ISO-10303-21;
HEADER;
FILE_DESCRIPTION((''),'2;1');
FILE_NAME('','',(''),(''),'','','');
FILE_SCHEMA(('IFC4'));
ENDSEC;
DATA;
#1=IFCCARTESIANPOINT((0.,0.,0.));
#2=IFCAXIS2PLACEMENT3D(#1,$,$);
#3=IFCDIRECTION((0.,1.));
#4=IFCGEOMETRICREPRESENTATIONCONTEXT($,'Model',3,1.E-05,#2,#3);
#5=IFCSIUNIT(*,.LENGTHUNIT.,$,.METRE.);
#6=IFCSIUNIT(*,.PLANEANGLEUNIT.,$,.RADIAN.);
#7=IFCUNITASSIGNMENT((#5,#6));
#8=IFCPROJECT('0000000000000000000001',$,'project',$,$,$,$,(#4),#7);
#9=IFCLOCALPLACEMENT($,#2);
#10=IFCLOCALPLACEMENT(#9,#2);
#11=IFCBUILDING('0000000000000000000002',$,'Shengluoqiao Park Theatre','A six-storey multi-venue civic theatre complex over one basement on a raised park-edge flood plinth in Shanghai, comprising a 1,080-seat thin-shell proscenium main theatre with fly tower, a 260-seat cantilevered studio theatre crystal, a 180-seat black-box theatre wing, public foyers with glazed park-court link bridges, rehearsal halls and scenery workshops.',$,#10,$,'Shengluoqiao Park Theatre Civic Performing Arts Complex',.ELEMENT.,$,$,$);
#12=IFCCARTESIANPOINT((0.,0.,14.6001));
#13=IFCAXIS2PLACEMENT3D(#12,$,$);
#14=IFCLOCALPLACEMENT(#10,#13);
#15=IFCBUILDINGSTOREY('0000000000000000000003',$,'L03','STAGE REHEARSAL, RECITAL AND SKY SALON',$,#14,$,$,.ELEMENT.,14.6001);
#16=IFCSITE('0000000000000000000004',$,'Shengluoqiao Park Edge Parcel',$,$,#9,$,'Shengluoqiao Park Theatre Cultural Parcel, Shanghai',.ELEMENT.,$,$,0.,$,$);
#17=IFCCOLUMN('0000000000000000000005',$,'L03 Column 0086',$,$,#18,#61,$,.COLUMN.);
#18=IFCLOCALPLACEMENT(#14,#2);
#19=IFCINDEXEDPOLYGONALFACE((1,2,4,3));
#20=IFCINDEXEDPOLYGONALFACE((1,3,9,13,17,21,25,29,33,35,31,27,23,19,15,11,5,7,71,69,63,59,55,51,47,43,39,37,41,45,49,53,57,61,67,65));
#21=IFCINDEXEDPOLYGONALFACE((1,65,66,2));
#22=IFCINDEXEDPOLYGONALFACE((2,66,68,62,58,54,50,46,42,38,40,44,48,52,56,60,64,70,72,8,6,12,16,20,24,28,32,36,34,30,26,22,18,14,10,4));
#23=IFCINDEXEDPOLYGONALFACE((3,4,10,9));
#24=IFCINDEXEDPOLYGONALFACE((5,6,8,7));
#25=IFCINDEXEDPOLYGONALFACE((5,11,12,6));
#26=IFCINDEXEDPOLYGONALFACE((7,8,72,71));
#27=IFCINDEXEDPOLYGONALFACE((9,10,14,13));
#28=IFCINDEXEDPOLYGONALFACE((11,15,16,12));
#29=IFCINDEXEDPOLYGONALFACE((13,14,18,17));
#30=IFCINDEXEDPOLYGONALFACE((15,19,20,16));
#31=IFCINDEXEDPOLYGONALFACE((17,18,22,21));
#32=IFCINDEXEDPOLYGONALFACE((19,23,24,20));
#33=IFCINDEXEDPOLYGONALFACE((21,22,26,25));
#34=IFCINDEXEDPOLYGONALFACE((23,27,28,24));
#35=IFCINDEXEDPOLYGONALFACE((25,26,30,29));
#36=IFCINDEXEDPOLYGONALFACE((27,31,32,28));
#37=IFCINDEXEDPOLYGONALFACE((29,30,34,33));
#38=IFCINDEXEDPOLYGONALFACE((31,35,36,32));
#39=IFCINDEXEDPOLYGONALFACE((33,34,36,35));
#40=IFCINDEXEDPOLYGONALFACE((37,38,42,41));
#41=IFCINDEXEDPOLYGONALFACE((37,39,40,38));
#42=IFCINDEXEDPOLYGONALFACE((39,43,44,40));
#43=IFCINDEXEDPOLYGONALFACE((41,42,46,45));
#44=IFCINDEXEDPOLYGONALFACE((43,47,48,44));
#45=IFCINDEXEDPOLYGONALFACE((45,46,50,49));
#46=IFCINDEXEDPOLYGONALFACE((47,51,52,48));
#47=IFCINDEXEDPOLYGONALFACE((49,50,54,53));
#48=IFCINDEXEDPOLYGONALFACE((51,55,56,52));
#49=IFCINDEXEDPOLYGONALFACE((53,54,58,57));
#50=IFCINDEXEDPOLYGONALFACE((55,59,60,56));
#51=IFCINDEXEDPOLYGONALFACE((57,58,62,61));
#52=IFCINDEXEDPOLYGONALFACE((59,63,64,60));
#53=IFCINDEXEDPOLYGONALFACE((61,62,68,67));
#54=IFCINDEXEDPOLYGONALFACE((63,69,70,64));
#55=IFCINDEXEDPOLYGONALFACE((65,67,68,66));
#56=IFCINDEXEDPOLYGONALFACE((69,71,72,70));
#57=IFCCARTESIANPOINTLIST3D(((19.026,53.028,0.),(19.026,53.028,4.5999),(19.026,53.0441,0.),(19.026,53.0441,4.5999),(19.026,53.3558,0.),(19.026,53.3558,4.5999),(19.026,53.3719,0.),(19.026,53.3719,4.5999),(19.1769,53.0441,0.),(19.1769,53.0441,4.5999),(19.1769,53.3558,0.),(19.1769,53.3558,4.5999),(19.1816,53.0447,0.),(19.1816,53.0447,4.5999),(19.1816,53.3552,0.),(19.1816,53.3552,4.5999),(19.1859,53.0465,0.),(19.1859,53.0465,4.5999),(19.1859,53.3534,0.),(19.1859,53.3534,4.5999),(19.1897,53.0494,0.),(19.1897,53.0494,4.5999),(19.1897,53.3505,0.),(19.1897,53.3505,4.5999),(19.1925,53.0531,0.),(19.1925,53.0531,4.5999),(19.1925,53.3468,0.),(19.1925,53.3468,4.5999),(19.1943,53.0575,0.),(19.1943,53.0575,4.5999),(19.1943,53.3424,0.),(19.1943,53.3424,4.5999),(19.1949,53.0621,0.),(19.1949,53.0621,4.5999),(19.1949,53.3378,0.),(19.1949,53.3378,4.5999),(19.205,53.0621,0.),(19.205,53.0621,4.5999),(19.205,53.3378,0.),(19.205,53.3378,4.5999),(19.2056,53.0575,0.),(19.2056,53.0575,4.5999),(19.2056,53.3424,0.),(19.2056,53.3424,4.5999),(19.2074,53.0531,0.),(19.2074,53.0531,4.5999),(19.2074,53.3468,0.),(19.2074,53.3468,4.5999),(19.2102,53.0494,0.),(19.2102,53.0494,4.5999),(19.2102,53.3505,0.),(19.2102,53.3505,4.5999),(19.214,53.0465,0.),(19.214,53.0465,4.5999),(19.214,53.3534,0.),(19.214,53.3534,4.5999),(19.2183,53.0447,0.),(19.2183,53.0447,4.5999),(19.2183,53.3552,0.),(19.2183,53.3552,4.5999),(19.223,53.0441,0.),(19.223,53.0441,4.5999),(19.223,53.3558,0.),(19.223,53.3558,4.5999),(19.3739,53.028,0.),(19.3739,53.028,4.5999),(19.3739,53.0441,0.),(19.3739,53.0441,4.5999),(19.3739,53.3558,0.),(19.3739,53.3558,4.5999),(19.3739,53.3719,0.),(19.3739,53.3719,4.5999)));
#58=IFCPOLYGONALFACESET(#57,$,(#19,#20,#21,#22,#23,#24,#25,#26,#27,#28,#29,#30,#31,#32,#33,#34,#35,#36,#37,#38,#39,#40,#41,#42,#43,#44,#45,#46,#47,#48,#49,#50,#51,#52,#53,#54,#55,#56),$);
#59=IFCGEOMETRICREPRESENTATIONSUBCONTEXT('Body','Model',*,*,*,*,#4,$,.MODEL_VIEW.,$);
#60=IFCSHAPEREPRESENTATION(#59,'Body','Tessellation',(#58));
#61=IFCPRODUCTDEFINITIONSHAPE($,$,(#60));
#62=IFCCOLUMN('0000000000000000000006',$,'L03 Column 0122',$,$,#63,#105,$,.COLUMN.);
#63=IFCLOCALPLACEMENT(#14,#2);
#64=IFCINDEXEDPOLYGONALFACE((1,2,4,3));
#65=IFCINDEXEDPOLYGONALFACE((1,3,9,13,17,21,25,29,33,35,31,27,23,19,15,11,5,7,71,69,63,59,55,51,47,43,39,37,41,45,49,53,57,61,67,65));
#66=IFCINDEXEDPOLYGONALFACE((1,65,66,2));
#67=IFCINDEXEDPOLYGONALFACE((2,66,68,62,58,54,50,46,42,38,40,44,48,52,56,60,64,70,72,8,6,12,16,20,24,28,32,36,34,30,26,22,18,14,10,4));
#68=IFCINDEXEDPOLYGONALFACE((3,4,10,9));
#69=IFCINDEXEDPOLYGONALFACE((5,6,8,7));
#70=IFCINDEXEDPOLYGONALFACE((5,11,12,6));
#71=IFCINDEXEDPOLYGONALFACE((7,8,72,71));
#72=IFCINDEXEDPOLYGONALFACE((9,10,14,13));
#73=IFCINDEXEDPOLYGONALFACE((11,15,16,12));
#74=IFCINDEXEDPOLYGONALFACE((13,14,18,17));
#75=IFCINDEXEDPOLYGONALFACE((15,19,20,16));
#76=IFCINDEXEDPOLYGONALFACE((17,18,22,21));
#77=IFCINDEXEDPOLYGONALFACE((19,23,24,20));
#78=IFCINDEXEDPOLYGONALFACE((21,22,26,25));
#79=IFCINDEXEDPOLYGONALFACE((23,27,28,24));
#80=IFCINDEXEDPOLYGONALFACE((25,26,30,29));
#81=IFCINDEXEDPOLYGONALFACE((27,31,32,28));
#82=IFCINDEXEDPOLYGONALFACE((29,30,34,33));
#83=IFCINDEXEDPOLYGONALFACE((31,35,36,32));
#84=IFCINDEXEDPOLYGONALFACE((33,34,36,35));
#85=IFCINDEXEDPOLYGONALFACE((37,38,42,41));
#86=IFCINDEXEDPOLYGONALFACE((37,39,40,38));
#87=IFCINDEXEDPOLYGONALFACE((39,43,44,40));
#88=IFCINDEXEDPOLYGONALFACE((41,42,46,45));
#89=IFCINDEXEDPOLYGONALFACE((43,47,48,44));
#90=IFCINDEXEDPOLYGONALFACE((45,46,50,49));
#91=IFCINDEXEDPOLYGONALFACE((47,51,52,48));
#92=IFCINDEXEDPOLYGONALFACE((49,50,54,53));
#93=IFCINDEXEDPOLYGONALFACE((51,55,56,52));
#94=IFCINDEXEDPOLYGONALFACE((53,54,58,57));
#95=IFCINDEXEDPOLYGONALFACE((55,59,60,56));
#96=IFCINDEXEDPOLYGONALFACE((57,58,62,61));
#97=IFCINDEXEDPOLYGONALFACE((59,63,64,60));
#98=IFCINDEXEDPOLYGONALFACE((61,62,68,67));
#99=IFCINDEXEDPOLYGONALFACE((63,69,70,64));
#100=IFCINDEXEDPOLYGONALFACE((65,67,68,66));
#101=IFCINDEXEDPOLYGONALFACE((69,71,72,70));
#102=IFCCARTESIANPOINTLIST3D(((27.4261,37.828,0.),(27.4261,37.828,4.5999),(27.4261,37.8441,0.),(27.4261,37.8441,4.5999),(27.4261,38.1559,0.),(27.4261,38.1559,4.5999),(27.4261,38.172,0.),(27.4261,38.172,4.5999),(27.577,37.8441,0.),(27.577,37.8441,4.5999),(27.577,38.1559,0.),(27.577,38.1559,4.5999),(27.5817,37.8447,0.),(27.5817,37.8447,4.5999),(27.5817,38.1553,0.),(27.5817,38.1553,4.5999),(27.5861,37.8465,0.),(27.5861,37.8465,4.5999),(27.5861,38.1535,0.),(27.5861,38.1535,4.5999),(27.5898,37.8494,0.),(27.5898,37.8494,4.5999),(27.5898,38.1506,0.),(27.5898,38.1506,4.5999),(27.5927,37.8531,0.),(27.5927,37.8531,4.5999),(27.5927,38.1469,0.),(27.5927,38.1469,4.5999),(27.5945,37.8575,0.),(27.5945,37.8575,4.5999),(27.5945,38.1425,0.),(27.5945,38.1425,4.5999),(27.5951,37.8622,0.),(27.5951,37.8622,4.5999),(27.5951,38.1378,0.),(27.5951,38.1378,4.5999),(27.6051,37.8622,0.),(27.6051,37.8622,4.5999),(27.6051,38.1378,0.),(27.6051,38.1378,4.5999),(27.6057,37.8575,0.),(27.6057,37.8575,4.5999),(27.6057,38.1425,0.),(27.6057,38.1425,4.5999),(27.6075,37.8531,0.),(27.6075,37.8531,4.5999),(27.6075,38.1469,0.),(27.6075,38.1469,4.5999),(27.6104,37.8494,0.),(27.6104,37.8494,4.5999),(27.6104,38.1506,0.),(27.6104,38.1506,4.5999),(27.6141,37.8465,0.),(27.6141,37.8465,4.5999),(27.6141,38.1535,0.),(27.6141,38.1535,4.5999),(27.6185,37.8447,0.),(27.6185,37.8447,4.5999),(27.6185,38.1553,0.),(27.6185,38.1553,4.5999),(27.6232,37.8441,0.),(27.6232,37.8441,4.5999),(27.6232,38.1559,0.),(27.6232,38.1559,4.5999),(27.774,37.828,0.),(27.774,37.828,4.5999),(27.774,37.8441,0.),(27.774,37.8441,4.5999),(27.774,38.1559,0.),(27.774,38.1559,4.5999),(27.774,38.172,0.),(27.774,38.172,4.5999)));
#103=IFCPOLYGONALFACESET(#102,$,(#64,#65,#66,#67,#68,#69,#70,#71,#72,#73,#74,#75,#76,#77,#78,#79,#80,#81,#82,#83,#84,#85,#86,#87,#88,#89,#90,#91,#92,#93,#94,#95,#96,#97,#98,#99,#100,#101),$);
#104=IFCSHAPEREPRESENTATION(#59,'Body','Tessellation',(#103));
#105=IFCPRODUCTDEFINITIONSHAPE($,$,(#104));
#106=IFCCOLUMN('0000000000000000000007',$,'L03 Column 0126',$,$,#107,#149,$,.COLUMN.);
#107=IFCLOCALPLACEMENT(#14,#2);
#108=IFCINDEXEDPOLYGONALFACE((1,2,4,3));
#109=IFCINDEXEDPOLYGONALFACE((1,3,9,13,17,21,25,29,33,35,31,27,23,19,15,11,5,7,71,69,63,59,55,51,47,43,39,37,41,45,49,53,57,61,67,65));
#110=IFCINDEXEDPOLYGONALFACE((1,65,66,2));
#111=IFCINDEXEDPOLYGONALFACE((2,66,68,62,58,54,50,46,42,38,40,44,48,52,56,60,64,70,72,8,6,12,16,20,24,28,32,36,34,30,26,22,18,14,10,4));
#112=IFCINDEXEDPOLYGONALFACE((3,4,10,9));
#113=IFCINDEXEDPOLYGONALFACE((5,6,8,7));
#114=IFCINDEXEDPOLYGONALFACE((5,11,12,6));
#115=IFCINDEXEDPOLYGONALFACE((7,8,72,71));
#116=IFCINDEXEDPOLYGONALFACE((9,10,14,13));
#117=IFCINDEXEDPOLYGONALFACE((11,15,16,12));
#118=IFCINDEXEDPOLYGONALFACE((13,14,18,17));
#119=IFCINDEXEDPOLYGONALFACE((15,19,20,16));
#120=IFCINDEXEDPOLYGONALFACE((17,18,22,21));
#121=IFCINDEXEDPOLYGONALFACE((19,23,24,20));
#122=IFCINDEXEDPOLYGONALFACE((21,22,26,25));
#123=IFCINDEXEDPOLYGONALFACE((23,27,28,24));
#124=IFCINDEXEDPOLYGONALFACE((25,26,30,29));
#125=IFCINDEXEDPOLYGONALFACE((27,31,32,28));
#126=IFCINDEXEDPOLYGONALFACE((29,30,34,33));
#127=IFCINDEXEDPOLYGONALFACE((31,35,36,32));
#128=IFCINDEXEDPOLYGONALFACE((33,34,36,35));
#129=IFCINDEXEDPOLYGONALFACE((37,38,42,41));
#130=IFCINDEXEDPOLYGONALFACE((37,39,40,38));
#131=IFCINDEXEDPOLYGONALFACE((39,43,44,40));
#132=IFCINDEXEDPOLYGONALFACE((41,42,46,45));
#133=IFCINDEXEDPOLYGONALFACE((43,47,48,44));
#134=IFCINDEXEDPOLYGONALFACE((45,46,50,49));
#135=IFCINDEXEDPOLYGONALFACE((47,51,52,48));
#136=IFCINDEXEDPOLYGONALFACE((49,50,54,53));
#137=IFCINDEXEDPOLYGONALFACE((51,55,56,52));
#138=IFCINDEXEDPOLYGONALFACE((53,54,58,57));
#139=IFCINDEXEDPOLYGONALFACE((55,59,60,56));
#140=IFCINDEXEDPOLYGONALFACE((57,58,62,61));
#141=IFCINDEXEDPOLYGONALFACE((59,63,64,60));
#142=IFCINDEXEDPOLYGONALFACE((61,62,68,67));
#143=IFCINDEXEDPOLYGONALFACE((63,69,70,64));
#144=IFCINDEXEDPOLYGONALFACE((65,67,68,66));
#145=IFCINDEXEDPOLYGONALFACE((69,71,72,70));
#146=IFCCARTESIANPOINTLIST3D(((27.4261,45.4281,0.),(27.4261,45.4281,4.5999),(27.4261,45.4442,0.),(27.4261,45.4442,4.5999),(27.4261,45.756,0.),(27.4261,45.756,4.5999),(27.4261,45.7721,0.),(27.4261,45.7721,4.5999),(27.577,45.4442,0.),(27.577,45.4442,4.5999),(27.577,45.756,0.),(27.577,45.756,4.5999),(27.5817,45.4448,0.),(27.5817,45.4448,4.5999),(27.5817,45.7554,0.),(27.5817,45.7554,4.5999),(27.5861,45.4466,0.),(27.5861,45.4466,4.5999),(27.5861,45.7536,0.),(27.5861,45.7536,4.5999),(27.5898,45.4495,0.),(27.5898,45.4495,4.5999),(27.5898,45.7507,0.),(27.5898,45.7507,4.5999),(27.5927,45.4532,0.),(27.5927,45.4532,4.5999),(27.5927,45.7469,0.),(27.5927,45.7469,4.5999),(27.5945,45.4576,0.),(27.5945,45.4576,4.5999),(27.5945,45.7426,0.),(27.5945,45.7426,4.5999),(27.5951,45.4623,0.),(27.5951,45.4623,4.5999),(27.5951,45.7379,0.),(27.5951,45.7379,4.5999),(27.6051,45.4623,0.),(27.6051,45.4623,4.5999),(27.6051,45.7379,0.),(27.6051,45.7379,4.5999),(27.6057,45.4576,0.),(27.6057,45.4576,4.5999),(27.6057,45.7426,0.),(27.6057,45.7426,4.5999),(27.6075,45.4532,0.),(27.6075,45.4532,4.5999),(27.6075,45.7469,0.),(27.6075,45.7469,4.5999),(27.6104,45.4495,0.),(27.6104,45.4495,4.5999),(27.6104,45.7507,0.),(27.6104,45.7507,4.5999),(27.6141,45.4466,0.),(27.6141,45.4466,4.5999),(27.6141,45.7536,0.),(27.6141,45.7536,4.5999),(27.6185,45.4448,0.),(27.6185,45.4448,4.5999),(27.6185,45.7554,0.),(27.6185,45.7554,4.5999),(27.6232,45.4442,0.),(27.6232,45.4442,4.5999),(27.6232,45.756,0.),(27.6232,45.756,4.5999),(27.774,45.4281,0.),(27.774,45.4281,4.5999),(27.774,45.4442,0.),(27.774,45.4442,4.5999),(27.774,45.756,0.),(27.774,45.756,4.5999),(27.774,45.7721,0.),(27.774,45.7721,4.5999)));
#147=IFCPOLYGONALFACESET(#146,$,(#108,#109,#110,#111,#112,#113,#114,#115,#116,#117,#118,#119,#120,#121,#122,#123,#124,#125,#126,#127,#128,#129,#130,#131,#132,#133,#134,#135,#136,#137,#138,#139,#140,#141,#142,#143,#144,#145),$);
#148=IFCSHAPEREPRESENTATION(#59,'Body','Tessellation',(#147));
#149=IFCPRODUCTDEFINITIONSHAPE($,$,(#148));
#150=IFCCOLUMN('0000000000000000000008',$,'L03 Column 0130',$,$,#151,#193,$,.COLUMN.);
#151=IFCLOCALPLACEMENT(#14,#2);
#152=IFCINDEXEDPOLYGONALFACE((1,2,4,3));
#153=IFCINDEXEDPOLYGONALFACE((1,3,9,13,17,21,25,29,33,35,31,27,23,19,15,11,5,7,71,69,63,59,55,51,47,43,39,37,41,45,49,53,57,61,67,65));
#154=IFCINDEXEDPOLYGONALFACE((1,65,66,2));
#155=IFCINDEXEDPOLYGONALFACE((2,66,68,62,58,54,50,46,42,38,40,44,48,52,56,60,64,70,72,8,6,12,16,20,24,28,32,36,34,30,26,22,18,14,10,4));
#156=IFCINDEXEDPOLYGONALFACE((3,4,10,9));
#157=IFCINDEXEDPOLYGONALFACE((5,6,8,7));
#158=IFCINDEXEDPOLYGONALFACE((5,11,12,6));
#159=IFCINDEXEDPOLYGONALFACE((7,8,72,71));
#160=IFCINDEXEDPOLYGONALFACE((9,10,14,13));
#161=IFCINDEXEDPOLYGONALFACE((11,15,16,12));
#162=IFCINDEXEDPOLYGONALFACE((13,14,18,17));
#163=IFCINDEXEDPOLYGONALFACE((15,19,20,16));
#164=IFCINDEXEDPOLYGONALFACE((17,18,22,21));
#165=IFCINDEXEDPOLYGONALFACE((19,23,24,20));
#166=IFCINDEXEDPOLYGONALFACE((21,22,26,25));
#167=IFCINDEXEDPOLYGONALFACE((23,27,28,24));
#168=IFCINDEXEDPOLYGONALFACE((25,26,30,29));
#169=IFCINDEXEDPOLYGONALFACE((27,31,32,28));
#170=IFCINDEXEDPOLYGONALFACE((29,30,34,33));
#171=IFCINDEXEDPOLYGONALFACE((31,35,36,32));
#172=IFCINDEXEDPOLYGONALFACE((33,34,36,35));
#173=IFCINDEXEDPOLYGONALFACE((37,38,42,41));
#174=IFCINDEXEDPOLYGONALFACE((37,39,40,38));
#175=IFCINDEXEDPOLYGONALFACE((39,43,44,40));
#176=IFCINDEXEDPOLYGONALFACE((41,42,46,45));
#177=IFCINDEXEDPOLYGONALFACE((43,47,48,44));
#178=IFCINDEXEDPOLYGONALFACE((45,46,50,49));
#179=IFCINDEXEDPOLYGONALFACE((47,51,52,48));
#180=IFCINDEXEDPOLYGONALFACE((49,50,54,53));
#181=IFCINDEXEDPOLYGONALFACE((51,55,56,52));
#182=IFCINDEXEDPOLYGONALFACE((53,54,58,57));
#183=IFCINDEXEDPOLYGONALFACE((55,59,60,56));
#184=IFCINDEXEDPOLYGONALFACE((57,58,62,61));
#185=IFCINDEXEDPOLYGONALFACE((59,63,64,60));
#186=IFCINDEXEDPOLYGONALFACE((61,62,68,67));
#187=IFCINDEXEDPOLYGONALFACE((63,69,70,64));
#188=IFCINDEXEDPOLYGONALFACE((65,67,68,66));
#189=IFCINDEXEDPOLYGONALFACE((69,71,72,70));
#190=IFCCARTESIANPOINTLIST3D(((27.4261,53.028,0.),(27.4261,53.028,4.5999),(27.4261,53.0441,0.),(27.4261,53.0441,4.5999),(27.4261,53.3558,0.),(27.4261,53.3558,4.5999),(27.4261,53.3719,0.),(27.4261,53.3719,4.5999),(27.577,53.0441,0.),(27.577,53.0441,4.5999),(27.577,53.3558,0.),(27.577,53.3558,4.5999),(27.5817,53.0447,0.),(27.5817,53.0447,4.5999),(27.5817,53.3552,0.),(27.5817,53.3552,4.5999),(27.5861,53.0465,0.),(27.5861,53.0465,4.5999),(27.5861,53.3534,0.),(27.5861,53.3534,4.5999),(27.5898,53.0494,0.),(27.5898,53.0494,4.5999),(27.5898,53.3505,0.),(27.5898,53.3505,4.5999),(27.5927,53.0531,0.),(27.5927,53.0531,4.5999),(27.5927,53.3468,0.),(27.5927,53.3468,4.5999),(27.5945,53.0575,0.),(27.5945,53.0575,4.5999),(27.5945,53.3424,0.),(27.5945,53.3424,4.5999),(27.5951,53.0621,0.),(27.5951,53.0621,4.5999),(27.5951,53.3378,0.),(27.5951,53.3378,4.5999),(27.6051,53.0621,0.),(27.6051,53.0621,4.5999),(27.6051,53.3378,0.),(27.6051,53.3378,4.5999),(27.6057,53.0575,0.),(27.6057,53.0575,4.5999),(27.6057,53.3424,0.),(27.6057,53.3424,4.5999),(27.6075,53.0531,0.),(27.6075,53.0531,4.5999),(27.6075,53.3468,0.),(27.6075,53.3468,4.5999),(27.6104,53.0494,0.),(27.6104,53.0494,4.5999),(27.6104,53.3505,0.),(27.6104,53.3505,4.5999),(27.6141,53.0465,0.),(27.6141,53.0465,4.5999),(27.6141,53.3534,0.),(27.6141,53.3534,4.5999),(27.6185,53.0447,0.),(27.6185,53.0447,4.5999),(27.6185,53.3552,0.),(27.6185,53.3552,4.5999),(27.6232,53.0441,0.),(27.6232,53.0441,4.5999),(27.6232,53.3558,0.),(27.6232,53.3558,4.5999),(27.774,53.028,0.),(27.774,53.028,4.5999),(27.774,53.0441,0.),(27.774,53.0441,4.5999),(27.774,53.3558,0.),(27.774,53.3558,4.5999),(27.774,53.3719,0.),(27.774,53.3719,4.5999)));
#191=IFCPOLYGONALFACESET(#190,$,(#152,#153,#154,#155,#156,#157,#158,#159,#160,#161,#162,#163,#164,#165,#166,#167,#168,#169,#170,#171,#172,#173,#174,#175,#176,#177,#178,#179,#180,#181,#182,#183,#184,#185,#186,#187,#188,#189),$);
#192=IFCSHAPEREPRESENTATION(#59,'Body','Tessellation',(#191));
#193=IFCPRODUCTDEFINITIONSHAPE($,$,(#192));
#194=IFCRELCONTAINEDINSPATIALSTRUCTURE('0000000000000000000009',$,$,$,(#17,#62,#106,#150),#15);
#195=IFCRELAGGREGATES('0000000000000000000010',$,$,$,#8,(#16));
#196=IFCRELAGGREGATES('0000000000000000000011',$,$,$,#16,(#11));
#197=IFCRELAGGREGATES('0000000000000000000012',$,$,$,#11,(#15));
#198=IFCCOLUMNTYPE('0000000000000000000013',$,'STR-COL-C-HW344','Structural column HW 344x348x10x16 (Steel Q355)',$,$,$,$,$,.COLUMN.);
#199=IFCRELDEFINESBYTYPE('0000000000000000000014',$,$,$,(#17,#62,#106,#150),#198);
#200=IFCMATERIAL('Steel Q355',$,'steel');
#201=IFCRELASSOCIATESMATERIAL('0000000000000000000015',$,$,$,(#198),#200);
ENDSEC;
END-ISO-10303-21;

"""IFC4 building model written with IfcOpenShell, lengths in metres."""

from ifc_helpers import new_model, si_unit, direction, frame, origin, origin_2d, place, context, subcontext, project, spatial, i_section, extrude, material, material_profile, profile_set, type_object, element, save


model = new_model("IFC4")

# Units and contexts
model_context = context("Model", 3, precision=1e-05, world=origin(), true_north=direction((0.0, 1.0)))
body_context = subcontext(model_context, "Body", "Model", "MODEL_VIEW")
ifc_project = project(units=[si_unit("LENGTHUNIT", "METRE"), si_unit("PLANEANGLEUNIT", "RADIAN")], contexts=[model_context])

# Site, building, storey
site_placement = place(None, origin())
site = spatial("IfcSite", under=ifc_project, at=site_placement, Name="Shengluoqiao Park Edge Parcel", LongName="Shengluoqiao Park Theatre Cultural Parcel, Shanghai", CompositionType="ELEMENT", RefElevation=0.0)
building_placement = place(site_placement, origin())
building = spatial("IfcBuilding", under=site, at=building_placement, Name="Shengluoqiao Park Theatre", Description="A six-storey multi-venue civic theatre complex over one basement on a raised park-edge flood plinth in Shanghai, comprising a 1,080-seat thin-shell proscenium main theatre with fly tower, a 260-seat cantilevered studio theatre crystal, a 180-seat black-box theatre wing, public foyers with glazed park-court link bridges, rehearsal halls and scenery workshops.", LongName="Shengluoqiao Park Theatre Civic Performing Arts Complex", CompositionType="ELEMENT")
storey_placement = place(building_placement, frame((0.0, 0.0, 14.6001)))
storey = spatial("IfcBuildingStorey", under=building, at=storey_placement, Name="L03", Description="STAGE REHEARSAL, RECITAL AND SKY SALON", CompositionType="ELEMENT", Elevation=14.6001)

# Columns
ifc_material_1 = material(Name="Steel Q355", Category="steel")
ifc_material_profile_1 = material_profile(ifc_material_1, i_section(OverallWidth=0.3479, OverallDepth=0.344, WebThickness=0.01, FlangeThickness=0.0161, FilletRadius=0.0181, at=origin_2d()), Name="HW 344x348x10x16")
ifc_profile_set_1 = profile_set([ifc_material_profile_1], Name="Steel Q355")
column_type = type_object("IfcColumnType", Name="STR-COL-C-HW344", Description="Structural column HW 344x348x10x16 (Steel Q355)", PredefinedType="COLUMN", material=ifc_profile_set_1)
for number, where, z_axis, x_axis, name in (
    (1, (19.2, 53.2, 0.0), (0.0, 0.0, 1.0), (1.0, 0.0, 0.0), "L03 Column 0086"),
    (2, (27.6001, 38.0, 0.0), (0.0, 0.0, 1.0), (1.0, 0.0, 0.0), "L03 Column 0122"),
    (3, (27.6001, 45.6001, 0.0), (0.0, 0.0, 1.0), (1.0, 0.0, 0.0), "L03 Column 0126"),
    (4, (27.6001, 53.2, 0.0), (0.0, 0.0, 1.0), (1.0, 0.0, 0.0), "L03 Column 0130"),
):
    element("IfcColumn", number, at=place(storey_placement, frame(where, z_axis=z_axis, x_axis=x_axis)), inside=storey, type_object=column_type, Name=name, PredefinedType="COLUMN", context=body_context, shape_type="SweptSolid", body=[
        extrude(i_section(OverallWidth=0.3479, OverallDepth=0.344, WebThickness=0.01, FlangeThickness=0.0161, FilletRadius=0.0181, at=origin_2d()), origin(), (0.0, 0.0, 1.0), 4.5999),
    ])

save(model, "model.ifc")
